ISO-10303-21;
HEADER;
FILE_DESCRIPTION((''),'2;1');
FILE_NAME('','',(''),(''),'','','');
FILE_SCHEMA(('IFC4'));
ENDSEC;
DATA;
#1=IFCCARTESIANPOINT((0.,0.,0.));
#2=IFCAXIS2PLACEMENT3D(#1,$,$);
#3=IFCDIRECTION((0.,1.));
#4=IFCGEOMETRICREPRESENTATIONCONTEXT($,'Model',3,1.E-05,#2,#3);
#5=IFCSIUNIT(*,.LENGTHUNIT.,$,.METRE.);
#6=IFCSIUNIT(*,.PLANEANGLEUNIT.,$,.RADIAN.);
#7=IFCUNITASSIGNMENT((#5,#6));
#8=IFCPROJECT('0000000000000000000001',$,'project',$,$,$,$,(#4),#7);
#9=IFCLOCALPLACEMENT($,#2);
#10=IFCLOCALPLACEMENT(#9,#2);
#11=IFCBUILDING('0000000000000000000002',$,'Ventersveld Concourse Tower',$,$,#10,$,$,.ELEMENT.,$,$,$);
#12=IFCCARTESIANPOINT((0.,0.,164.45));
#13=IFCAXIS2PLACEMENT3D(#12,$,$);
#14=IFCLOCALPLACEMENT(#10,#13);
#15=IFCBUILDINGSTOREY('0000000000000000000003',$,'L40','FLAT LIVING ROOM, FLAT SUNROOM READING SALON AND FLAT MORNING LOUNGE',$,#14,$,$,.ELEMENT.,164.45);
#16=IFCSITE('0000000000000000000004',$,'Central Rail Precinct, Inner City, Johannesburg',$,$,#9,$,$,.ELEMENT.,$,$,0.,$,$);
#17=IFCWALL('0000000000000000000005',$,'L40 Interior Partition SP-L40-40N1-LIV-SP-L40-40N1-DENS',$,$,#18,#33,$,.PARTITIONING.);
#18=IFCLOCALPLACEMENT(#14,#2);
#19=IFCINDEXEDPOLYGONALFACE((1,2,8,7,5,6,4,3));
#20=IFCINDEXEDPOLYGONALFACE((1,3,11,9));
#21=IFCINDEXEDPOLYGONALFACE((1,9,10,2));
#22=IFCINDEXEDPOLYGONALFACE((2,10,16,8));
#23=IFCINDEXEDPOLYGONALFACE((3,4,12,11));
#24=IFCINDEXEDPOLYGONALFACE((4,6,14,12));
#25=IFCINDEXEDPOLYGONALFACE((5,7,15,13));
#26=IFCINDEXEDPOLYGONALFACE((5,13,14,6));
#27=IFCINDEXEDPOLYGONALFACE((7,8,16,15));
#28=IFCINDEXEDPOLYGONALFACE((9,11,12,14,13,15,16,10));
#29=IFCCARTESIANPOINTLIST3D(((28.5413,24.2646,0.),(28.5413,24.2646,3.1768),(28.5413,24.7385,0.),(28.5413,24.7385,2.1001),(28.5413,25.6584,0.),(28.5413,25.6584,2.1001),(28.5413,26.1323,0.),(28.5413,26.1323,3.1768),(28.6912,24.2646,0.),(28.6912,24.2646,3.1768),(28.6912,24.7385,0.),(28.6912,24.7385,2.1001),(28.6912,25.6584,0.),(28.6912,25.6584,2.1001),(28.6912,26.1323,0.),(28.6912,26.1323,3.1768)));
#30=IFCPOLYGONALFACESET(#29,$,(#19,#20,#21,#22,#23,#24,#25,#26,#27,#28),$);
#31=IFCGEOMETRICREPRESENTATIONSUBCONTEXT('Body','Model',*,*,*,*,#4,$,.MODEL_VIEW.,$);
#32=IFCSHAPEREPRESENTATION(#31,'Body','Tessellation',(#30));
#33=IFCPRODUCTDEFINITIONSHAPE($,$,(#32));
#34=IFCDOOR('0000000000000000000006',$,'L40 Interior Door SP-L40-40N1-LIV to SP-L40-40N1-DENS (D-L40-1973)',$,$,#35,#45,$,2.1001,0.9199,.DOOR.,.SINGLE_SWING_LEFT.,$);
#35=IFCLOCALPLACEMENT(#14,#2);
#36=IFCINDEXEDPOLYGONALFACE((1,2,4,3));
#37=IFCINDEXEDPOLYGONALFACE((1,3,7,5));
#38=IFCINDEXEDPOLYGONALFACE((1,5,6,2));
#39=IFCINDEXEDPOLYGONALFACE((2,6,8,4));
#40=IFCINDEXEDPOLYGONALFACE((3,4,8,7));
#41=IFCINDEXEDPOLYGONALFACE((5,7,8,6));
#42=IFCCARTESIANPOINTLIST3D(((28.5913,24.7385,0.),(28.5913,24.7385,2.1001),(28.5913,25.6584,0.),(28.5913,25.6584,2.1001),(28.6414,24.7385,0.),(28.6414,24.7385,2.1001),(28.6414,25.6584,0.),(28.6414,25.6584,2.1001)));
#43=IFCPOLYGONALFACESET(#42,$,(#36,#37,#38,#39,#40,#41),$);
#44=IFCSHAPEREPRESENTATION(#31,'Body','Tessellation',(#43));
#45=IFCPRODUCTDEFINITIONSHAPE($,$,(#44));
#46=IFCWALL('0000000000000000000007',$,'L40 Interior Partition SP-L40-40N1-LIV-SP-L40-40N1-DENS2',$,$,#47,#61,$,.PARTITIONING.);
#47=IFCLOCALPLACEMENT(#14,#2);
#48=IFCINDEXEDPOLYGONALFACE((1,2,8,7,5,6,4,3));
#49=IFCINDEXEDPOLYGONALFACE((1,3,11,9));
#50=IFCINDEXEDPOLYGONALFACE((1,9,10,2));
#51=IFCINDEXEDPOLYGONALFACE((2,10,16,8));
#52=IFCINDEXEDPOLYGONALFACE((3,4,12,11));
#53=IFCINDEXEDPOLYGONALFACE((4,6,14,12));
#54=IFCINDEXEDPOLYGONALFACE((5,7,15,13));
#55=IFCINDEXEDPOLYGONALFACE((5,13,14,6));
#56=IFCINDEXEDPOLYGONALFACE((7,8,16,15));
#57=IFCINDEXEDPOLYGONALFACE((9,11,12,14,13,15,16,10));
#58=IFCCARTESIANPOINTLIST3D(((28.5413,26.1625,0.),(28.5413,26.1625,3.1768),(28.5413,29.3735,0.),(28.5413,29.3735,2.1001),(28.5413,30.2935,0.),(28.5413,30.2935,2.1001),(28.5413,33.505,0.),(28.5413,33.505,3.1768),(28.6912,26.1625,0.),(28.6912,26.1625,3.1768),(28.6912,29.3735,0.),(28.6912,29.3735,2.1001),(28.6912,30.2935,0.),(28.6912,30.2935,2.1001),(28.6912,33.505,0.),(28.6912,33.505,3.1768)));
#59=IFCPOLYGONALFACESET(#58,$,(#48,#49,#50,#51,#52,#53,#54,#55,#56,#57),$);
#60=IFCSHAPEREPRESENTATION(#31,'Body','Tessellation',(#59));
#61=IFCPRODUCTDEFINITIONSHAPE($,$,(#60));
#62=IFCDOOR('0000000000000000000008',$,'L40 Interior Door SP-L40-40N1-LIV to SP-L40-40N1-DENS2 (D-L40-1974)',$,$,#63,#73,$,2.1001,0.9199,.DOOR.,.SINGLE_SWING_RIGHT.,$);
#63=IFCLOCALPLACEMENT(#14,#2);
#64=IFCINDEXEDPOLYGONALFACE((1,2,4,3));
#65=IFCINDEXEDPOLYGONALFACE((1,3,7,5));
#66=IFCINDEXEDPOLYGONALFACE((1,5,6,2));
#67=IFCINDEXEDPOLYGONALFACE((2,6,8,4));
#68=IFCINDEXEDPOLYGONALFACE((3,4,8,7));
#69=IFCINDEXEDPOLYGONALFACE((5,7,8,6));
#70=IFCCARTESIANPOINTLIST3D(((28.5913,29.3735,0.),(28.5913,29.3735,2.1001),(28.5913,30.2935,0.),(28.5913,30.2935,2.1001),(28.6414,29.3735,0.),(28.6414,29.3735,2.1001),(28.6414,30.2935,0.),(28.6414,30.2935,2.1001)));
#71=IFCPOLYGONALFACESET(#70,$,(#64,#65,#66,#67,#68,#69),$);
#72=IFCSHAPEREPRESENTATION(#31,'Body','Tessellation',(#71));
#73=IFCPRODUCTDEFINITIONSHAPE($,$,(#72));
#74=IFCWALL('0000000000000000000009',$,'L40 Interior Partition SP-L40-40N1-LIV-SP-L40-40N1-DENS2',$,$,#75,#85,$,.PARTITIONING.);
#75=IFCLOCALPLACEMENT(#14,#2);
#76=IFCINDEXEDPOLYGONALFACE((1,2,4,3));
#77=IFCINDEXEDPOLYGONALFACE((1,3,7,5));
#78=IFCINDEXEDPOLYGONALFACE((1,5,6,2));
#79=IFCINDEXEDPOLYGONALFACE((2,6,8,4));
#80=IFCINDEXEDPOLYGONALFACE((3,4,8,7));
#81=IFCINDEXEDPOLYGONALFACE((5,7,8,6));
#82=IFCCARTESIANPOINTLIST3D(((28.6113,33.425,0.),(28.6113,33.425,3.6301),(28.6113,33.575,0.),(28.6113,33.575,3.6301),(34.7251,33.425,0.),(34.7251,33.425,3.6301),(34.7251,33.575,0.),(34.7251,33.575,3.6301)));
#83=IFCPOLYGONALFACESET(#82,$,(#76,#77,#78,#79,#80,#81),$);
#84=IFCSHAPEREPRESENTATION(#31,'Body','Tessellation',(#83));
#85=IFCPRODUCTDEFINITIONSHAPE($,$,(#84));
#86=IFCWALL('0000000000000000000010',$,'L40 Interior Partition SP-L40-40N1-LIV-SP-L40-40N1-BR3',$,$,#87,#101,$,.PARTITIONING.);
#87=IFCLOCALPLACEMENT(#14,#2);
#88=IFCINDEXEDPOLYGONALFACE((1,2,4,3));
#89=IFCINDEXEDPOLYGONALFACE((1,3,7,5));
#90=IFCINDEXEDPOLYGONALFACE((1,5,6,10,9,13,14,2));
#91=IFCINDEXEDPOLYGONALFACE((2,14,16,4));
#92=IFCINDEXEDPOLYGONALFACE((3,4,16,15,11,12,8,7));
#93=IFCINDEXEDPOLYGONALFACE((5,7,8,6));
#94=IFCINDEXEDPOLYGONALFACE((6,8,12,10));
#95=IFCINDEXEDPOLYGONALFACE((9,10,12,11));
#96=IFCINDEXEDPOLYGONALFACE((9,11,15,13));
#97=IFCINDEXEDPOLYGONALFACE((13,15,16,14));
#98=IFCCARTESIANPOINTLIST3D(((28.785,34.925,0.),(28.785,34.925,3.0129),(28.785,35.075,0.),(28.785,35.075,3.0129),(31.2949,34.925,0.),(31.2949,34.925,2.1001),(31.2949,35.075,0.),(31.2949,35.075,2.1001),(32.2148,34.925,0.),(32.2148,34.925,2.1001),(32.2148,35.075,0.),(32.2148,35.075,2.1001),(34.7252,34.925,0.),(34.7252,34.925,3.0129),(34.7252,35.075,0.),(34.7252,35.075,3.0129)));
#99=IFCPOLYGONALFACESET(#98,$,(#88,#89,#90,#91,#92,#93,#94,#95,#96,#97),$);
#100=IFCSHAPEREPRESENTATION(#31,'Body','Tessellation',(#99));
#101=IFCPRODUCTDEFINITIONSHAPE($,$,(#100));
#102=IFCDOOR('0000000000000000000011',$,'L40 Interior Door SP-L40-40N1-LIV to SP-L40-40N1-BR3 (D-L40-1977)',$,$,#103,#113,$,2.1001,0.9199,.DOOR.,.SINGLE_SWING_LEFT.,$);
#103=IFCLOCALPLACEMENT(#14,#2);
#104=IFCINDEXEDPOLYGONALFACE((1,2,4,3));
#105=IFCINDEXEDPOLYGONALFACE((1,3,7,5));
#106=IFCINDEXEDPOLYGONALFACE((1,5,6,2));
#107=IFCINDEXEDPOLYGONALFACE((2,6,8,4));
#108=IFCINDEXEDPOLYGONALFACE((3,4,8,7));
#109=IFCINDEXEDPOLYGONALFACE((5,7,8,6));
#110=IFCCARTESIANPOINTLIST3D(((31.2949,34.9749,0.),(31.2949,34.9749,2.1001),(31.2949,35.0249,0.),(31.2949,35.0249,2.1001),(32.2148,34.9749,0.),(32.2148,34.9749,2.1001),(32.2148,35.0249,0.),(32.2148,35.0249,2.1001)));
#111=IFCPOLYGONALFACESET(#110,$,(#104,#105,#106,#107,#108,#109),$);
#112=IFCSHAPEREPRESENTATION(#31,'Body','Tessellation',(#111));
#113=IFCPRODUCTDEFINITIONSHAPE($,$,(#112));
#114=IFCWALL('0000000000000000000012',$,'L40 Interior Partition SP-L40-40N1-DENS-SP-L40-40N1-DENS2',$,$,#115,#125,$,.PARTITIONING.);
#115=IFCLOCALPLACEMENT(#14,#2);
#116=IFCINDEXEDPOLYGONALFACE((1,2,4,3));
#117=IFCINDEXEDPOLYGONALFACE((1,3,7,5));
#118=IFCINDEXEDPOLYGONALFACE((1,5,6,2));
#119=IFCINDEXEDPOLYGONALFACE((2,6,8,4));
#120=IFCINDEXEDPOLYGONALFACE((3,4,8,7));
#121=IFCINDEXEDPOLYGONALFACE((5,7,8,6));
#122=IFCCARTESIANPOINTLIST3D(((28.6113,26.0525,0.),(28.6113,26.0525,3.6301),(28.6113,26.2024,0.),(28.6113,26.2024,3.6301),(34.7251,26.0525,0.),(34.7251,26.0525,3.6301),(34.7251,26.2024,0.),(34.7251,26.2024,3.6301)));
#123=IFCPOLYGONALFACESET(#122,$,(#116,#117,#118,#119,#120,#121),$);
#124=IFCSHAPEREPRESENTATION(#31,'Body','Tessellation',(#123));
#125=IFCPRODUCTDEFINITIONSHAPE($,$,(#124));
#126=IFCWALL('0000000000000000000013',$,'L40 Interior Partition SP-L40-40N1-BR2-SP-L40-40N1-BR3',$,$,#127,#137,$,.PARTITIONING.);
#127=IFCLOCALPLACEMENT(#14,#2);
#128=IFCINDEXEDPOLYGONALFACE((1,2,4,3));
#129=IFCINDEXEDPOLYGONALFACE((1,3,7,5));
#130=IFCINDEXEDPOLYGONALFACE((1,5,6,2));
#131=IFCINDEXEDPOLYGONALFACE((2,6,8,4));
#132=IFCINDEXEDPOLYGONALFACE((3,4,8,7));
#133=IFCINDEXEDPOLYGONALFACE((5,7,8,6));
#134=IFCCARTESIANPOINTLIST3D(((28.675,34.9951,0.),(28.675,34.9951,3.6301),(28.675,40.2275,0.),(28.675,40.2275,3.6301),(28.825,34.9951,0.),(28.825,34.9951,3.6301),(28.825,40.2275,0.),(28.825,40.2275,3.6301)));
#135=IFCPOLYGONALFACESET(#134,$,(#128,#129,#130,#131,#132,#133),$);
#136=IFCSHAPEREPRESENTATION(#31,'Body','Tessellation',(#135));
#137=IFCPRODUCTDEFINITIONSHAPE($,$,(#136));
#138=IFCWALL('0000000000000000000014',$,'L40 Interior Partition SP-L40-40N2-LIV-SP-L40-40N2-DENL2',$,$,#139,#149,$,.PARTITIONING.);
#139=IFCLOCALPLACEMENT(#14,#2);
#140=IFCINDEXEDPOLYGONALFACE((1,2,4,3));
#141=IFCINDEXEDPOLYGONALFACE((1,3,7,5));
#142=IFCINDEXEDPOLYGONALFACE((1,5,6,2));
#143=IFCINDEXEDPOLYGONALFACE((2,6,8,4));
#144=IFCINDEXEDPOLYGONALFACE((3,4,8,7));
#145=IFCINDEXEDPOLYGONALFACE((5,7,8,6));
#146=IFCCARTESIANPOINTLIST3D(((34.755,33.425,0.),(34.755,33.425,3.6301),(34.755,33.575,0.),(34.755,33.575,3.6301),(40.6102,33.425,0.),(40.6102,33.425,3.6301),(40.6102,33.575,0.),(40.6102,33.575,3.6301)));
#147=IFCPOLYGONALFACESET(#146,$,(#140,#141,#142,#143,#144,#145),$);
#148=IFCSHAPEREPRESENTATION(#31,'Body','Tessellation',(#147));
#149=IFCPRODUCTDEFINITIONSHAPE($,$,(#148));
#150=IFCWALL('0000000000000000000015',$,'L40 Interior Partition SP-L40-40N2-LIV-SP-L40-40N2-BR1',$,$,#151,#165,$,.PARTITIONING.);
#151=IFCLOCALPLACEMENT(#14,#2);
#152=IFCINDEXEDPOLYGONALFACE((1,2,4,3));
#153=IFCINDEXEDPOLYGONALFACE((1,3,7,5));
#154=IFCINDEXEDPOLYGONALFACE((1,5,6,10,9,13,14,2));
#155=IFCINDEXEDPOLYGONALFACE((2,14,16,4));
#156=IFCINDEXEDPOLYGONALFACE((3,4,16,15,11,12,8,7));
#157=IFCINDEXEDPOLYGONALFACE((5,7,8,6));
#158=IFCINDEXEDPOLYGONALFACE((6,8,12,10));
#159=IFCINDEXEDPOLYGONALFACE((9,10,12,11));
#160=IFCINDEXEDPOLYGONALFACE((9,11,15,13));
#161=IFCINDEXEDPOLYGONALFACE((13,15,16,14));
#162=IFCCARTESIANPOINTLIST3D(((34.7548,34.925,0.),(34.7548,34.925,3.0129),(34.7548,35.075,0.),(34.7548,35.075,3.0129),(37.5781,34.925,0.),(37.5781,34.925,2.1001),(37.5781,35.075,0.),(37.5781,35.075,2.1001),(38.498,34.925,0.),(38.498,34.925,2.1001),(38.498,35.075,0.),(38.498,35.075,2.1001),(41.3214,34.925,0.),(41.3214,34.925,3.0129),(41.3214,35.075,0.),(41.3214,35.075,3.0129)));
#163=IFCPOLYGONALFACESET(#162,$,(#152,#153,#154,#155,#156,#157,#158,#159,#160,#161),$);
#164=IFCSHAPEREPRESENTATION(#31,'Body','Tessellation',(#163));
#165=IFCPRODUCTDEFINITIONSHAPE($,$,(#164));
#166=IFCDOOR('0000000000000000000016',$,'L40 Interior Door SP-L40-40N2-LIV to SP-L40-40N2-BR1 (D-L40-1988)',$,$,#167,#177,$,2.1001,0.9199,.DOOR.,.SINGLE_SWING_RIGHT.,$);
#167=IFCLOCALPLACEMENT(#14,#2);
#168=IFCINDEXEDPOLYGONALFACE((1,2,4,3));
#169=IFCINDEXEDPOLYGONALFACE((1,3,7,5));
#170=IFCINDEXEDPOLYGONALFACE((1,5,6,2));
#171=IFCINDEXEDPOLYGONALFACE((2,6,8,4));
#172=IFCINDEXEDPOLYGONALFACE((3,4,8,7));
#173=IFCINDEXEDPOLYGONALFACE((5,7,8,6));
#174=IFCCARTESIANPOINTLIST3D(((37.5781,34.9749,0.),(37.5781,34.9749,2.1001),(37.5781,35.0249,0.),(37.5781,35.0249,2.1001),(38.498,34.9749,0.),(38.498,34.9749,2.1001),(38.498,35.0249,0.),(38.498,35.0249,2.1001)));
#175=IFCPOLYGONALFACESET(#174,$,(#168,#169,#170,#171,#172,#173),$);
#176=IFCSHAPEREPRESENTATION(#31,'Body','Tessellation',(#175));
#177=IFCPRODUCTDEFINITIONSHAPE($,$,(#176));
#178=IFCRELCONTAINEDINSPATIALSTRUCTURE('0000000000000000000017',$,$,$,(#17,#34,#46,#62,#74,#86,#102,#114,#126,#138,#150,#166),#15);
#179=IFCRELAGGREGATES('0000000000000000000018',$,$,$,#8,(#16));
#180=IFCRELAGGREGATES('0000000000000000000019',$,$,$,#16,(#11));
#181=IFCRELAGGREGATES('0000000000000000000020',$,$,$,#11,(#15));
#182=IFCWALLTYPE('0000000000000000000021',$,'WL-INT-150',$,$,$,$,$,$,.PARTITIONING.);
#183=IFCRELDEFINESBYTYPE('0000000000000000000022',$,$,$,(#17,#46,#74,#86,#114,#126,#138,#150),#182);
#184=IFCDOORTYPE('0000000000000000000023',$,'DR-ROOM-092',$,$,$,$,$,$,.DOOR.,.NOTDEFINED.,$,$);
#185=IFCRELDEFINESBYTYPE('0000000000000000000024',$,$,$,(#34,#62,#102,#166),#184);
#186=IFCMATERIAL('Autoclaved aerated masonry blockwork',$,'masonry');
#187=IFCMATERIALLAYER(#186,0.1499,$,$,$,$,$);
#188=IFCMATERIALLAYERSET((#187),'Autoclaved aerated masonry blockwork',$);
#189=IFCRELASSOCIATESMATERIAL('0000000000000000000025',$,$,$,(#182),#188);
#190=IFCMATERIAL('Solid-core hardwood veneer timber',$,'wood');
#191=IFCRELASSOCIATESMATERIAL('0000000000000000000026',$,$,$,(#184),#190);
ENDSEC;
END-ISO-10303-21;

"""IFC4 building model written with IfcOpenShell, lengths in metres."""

from ifc_helpers import new_model, si_unit, direction, frame, frame_2d, origin, place, context, subcontext, project, spatial, rectangle, extrude, material, layer, layer_set, type_object, element, fill, save


model = new_model("IFC4")

# Units and contexts
model_context = context("Model", 3, precision=1e-05, world=origin(), true_north=direction((0.0, 1.0)))
body_context = subcontext(model_context, "Body", "Model", "MODEL_VIEW")
ifc_project = project(units=[si_unit("LENGTHUNIT", "METRE"), si_unit("PLANEANGLEUNIT", "RADIAN")], contexts=[model_context])

# Site, building, storey
site_placement = place(None, origin())
site = spatial("IfcSite", under=ifc_project, at=site_placement, Name="Central Rail Precinct, Inner City, Johannesburg", CompositionType="ELEMENT", RefElevation=0.0)
building_placement = place(site_placement, origin())
building = spatial("IfcBuilding", under=site, at=building_placement, Name="Ventersveld Concourse Tower", CompositionType="ELEMENT")
storey_placement = place(building_placement, frame((0.0, 0.0, 164.45)))
storey = spatial("IfcBuildingStorey", under=building, at=storey_placement, Name="L40", Description="FLAT LIVING ROOM, FLAT SUNROOM READING SALON AND FLAT MORNING LOUNGE", CompositionType="ELEMENT", Elevation=164.45)

# Walls, openings, doors
ifc_material_1 = material(Name="Autoclaved aerated masonry blockwork", Category="masonry")
ifc_layer_1 = layer(ifc_material_1, 0.1499)
ifc_layer_set_1 = layer_set([ifc_layer_1], Name="Autoclaved aerated masonry blockwork")
wall_type_1 = type_object("IfcWallType", Name="WL-INT-150", PredefinedType="PARTITIONING", material=ifc_layer_set_1)
wall_1_placement = place(storey_placement, frame((28.6162, 24.2646, 0.0), z_axis=(0.0, 0.0, 1.0), x_axis=(0.0, 1.0, 0.0)))
wall_1 = element("IfcWall", 1, at=wall_1_placement, inside=storey, type_object=wall_type_1, Name="L40 Interior Partition SP-L40-40N1-LIV-SP-L40-40N1-DENS", PredefinedType="PARTITIONING", context=body_context, shape_type="SweptSolid", body=[
    extrude(rectangle(XDim=1.8677, YDim=0.1499, at=frame_2d((0.9338, 0.0))), origin(), (0.0, 0.0, 1.0), 3.1768),
])
opening_1_placement = place(wall_1_placement, frame((0.4739, 0.0, 0.0)))
opening_1 = element("IfcOpeningElement", 2, at=opening_1_placement, cuts=wall_1, PredefinedType="OPENING", context=body_context, shape_type="SweptSolid", body=[
    extrude(rectangle(XDim=0.9199, YDim=2.1001, at=frame_2d((0.46, 1.05))), frame((0.0, 0.085, 0.0), z_axis=(0.0, -1.0, 0.0), x_axis=(1.0, 0.0, 0.0)), (0.0, 0.0, 1.0), 0.1699),
])
ifc_material_2 = material(Name="Solid-core hardwood veneer timber", Category="wood")
door_type = type_object("IfcDoorType", Name="DR-ROOM-092", OperationType="NOTDEFINED", PredefinedType="DOOR", material=ifc_material_2)
door_1_placement = place(opening_1_placement, origin())
door_1 = element("IfcDoor", 3, at=door_1_placement, inside=storey, type_object=door_type, Name="L40 Interior Door SP-L40-40N1-LIV to SP-L40-40N1-DENS (D-L40-1973)", OperationType="SINGLE_SWING_LEFT", OverallHeight=2.1001, OverallWidth=0.9199, PredefinedType="DOOR", context=body_context, shape_type="SweptSolid", body=[
    extrude(rectangle(XDim=0.9199, YDim=2.1001, at=frame_2d((0.46, 1.05))), frame((0.0, 0.0249, 0.0), z_axis=(0.0, -1.0, 0.0), x_axis=(1.0, 0.0, 0.0)), (0.0, 0.0, 1.0), 0.05),
])
fill(opening_1, door_1)
wall_2_placement = place(storey_placement, frame((28.6162, 26.1624, 0.0), z_axis=(0.0, 0.0, 1.0), x_axis=(0.0, 1.0, 0.0)))
wall_2 = element("IfcWall", 4, at=wall_2_placement, inside=storey, type_object=wall_type_1, Name="L40 Interior Partition SP-L40-40N1-LIV-SP-L40-40N1-DENS2", PredefinedType="PARTITIONING", context=body_context, shape_type="SweptSolid", body=[
    extrude(rectangle(XDim=7.3425, YDim=0.1499, at=frame_2d((3.6714, 0.0))), origin(), (0.0, 0.0, 1.0), 3.1768),
])
opening_2_placement = place(wall_2_placement, frame((3.2112, 0.0, 0.0)))
opening_2 = element("IfcOpeningElement", 5, at=opening_2_placement, cuts=wall_2, PredefinedType="OPENING", context=body_context, shape_type="SweptSolid", body=[
    extrude(rectangle(XDim=0.9199, YDim=2.1001, at=frame_2d((0.46, 1.05))), frame((0.0, 0.085, 0.0), z_axis=(0.0, -1.0, 0.0), x_axis=(1.0, 0.0, 0.0)), (0.0, 0.0, 1.0), 0.1699),
])
door_2_placement = place(opening_2_placement, origin())
door_2 = element("IfcDoor", 6, at=door_2_placement, inside=storey, type_object=door_type, Name="L40 Interior Door SP-L40-40N1-LIV to SP-L40-40N1-DENS2 (D-L40-1974)", OperationType="SINGLE_SWING_RIGHT", OverallHeight=2.1001, OverallWidth=0.9199, PredefinedType="DOOR", context=body_context, shape_type="SweptSolid", body=[
    extrude(rectangle(XDim=0.9199, YDim=2.1001, at=frame_2d((0.46, 1.05))), frame((0.0, 0.0249, 0.0), z_axis=(0.0, -1.0, 0.0), x_axis=(1.0, 0.0, 0.0)), (0.0, 0.0, 1.0), 0.05),
])
fill(opening_2, door_2)

# Wall
wall_3_placement = place(storey_placement, frame((28.6113, 33.5, 0.0), z_axis=(0.0, 0.0, 1.0), x_axis=(1.0, 0.0, 0.0)))
element("IfcWall", 7, at=wall_3_placement, inside=storey, type_object=wall_type_1, Name="L40 Interior Partition SP-L40-40N1-LIV-SP-L40-40N1-DENS2", PredefinedType="PARTITIONING", context=body_context, shape_type="SweptSolid", body=[
    extrude(rectangle(XDim=6.1138, YDim=0.1499, at=frame_2d((3.0569, 0.0))), origin(), (0.0, 0.0, 1.0), 3.6301),
])

# Wall, opening, door
wall_4_placement = place(storey_placement, frame((28.7849, 35.0, 0.0), z_axis=(0.0, 0.0, 1.0), x_axis=(1.0, 0.0, 0.0)))
wall_4 = element("IfcWall", 8, at=wall_4_placement, inside=storey, type_object=wall_type_1, Name="L40 Interior Partition SP-L40-40N1-LIV-SP-L40-40N1-BR3", PredefinedType="PARTITIONING", context=body_context, shape_type="SweptSolid", body=[
    extrude(rectangle(XDim=5.9402, YDim=0.1499, at=frame_2d((2.9702, 0.0))), origin(), (0.0, 0.0, 1.0), 3.0129),
])
opening_3_placement = place(wall_4_placement, frame((2.51, 0.0, 0.0)))
opening_3 = element("IfcOpeningElement", 9, at=opening_3_placement, cuts=wall_4, PredefinedType="OPENING", context=body_context, shape_type="SweptSolid", body=[
    extrude(rectangle(XDim=0.9199, YDim=2.1001, at=frame_2d((0.46, 1.05))), frame((0.0, 0.085, 0.0), z_axis=(0.0, -1.0, 0.0), x_axis=(1.0, 0.0, 0.0)), (0.0, 0.0, 1.0), 0.1699),
])
door_3_placement = place(opening_3_placement, origin())
door_3 = element("IfcDoor", 10, at=door_3_placement, inside=storey, type_object=door_type, Name="L40 Interior Door SP-L40-40N1-LIV to SP-L40-40N1-BR3 (D-L40-1977)", OperationType="SINGLE_SWING_LEFT", OverallHeight=2.1001, OverallWidth=0.9199, PredefinedType="DOOR", context=body_context, shape_type="SweptSolid", body=[
    extrude(rectangle(XDim=0.9199, YDim=2.1001, at=frame_2d((0.46, 1.05))), frame((0.0, 0.0249, 0.0), z_axis=(0.0, -1.0, 0.0), x_axis=(1.0, 0.0, 0.0)), (0.0, 0.0, 1.0), 0.05),
])
fill(opening_3, door_3)

# Walls
wall_5_placement = place(storey_placement, frame((28.6113, 26.1274, 0.0), z_axis=(0.0, 0.0, 1.0), x_axis=(1.0, 0.0, 0.0)))
element("IfcWall", 11, at=wall_5_placement, inside=storey, type_object=wall_type_1, Name="L40 Interior Partition SP-L40-40N1-DENS-SP-L40-40N1-DENS2", PredefinedType="PARTITIONING", context=body_context, shape_type="SweptSolid", body=[
    extrude(rectangle(XDim=6.1138, YDim=0.1499, at=frame_2d((3.0569, 0.0))), origin(), (0.0, 0.0, 1.0), 3.6301),
])
wall_6_placement = place(storey_placement, frame((28.75, 34.9951, 0.0), z_axis=(0.0, 0.0, 1.0), x_axis=(0.0, 1.0, 0.0)))
element("IfcWall", 12, at=wall_6_placement, inside=storey, type_object=wall_type_1, Name="L40 Interior Partition SP-L40-40N1-BR2-SP-L40-40N1-BR3", PredefinedType="PARTITIONING", context=body_context, shape_type="SweptSolid", body=[
    extrude(rectangle(XDim=5.2324, YDim=0.1499, at=frame_2d((2.6162, 0.0))), origin(), (0.0, 0.0, 1.0), 3.6301),
])
wall_7_placement = place(storey_placement, frame((34.7549, 33.5, 0.0), z_axis=(0.0, 0.0, 1.0), x_axis=(1.0, 0.0, 0.0)))
element("IfcWall", 13, at=wall_7_placement, inside=storey, type_object=wall_type_1, Name="L40 Interior Partition SP-L40-40N2-LIV-SP-L40-40N2-DENL2", PredefinedType="PARTITIONING", context=body_context, shape_type="SweptSolid", body=[
    extrude(rectangle(XDim=5.8552, YDim=0.1499, at=frame_2d((2.9277, 0.0))), origin(), (0.0, 0.0, 1.0), 3.6301),
])

# Wall, opening, door
wall_8_placement = place(storey_placement, frame((34.7549, 35.0, 0.0), z_axis=(0.0, 0.0, 1.0), x_axis=(1.0, 0.0, 0.0)))
wall_8 = element("IfcWall", 14, at=wall_8_placement, inside=storey, type_object=wall_type_1, Name="L40 Interior Partition SP-L40-40N2-LIV-SP-L40-40N2-BR1", PredefinedType="PARTITIONING", context=body_context, shape_type="SweptSolid", body=[
    extrude(rectangle(XDim=6.5667, YDim=0.1499, at=frame_2d((3.2832, 0.0))), origin(), (0.0, 0.0, 1.0), 3.0129),
])
opening_4_placement = place(wall_8_placement, frame((2.8232, 0.0, 0.0)))
opening_4 = element("IfcOpeningElement", 15, at=opening_4_placement, cuts=wall_8, PredefinedType="OPENING", context=body_context, shape_type="SweptSolid", body=[
    extrude(rectangle(XDim=0.9199, YDim=2.1001, at=frame_2d((0.46, 1.05))), frame((0.0, 0.085, 0.0), z_axis=(0.0, -1.0, 0.0), x_axis=(1.0, 0.0, 0.0)), (0.0, 0.0, 1.0), 0.1699),
])
door_4_placement = place(opening_4_placement, origin())
door_4 = element("IfcDoor", 16, at=door_4_placement, inside=storey, type_object=door_type, Name="L40 Interior Door SP-L40-40N2-LIV to SP-L40-40N2-BR1 (D-L40-1988)", OperationType="SINGLE_SWING_RIGHT", OverallHeight=2.1001, OverallWidth=0.9199, PredefinedType="DOOR", context=body_context, shape_type="SweptSolid", body=[
    extrude(rectangle(XDim=0.9199, YDim=2.1001, at=frame_2d((0.46, 1.05))), frame((0.0, 0.0249, 0.0), z_axis=(0.0, -1.0, 0.0), x_axis=(1.0, 0.0, 0.0)), (0.0, 0.0, 1.0), 0.05),
])
fill(opening_4, door_4)

save(model, "model.ifc")
